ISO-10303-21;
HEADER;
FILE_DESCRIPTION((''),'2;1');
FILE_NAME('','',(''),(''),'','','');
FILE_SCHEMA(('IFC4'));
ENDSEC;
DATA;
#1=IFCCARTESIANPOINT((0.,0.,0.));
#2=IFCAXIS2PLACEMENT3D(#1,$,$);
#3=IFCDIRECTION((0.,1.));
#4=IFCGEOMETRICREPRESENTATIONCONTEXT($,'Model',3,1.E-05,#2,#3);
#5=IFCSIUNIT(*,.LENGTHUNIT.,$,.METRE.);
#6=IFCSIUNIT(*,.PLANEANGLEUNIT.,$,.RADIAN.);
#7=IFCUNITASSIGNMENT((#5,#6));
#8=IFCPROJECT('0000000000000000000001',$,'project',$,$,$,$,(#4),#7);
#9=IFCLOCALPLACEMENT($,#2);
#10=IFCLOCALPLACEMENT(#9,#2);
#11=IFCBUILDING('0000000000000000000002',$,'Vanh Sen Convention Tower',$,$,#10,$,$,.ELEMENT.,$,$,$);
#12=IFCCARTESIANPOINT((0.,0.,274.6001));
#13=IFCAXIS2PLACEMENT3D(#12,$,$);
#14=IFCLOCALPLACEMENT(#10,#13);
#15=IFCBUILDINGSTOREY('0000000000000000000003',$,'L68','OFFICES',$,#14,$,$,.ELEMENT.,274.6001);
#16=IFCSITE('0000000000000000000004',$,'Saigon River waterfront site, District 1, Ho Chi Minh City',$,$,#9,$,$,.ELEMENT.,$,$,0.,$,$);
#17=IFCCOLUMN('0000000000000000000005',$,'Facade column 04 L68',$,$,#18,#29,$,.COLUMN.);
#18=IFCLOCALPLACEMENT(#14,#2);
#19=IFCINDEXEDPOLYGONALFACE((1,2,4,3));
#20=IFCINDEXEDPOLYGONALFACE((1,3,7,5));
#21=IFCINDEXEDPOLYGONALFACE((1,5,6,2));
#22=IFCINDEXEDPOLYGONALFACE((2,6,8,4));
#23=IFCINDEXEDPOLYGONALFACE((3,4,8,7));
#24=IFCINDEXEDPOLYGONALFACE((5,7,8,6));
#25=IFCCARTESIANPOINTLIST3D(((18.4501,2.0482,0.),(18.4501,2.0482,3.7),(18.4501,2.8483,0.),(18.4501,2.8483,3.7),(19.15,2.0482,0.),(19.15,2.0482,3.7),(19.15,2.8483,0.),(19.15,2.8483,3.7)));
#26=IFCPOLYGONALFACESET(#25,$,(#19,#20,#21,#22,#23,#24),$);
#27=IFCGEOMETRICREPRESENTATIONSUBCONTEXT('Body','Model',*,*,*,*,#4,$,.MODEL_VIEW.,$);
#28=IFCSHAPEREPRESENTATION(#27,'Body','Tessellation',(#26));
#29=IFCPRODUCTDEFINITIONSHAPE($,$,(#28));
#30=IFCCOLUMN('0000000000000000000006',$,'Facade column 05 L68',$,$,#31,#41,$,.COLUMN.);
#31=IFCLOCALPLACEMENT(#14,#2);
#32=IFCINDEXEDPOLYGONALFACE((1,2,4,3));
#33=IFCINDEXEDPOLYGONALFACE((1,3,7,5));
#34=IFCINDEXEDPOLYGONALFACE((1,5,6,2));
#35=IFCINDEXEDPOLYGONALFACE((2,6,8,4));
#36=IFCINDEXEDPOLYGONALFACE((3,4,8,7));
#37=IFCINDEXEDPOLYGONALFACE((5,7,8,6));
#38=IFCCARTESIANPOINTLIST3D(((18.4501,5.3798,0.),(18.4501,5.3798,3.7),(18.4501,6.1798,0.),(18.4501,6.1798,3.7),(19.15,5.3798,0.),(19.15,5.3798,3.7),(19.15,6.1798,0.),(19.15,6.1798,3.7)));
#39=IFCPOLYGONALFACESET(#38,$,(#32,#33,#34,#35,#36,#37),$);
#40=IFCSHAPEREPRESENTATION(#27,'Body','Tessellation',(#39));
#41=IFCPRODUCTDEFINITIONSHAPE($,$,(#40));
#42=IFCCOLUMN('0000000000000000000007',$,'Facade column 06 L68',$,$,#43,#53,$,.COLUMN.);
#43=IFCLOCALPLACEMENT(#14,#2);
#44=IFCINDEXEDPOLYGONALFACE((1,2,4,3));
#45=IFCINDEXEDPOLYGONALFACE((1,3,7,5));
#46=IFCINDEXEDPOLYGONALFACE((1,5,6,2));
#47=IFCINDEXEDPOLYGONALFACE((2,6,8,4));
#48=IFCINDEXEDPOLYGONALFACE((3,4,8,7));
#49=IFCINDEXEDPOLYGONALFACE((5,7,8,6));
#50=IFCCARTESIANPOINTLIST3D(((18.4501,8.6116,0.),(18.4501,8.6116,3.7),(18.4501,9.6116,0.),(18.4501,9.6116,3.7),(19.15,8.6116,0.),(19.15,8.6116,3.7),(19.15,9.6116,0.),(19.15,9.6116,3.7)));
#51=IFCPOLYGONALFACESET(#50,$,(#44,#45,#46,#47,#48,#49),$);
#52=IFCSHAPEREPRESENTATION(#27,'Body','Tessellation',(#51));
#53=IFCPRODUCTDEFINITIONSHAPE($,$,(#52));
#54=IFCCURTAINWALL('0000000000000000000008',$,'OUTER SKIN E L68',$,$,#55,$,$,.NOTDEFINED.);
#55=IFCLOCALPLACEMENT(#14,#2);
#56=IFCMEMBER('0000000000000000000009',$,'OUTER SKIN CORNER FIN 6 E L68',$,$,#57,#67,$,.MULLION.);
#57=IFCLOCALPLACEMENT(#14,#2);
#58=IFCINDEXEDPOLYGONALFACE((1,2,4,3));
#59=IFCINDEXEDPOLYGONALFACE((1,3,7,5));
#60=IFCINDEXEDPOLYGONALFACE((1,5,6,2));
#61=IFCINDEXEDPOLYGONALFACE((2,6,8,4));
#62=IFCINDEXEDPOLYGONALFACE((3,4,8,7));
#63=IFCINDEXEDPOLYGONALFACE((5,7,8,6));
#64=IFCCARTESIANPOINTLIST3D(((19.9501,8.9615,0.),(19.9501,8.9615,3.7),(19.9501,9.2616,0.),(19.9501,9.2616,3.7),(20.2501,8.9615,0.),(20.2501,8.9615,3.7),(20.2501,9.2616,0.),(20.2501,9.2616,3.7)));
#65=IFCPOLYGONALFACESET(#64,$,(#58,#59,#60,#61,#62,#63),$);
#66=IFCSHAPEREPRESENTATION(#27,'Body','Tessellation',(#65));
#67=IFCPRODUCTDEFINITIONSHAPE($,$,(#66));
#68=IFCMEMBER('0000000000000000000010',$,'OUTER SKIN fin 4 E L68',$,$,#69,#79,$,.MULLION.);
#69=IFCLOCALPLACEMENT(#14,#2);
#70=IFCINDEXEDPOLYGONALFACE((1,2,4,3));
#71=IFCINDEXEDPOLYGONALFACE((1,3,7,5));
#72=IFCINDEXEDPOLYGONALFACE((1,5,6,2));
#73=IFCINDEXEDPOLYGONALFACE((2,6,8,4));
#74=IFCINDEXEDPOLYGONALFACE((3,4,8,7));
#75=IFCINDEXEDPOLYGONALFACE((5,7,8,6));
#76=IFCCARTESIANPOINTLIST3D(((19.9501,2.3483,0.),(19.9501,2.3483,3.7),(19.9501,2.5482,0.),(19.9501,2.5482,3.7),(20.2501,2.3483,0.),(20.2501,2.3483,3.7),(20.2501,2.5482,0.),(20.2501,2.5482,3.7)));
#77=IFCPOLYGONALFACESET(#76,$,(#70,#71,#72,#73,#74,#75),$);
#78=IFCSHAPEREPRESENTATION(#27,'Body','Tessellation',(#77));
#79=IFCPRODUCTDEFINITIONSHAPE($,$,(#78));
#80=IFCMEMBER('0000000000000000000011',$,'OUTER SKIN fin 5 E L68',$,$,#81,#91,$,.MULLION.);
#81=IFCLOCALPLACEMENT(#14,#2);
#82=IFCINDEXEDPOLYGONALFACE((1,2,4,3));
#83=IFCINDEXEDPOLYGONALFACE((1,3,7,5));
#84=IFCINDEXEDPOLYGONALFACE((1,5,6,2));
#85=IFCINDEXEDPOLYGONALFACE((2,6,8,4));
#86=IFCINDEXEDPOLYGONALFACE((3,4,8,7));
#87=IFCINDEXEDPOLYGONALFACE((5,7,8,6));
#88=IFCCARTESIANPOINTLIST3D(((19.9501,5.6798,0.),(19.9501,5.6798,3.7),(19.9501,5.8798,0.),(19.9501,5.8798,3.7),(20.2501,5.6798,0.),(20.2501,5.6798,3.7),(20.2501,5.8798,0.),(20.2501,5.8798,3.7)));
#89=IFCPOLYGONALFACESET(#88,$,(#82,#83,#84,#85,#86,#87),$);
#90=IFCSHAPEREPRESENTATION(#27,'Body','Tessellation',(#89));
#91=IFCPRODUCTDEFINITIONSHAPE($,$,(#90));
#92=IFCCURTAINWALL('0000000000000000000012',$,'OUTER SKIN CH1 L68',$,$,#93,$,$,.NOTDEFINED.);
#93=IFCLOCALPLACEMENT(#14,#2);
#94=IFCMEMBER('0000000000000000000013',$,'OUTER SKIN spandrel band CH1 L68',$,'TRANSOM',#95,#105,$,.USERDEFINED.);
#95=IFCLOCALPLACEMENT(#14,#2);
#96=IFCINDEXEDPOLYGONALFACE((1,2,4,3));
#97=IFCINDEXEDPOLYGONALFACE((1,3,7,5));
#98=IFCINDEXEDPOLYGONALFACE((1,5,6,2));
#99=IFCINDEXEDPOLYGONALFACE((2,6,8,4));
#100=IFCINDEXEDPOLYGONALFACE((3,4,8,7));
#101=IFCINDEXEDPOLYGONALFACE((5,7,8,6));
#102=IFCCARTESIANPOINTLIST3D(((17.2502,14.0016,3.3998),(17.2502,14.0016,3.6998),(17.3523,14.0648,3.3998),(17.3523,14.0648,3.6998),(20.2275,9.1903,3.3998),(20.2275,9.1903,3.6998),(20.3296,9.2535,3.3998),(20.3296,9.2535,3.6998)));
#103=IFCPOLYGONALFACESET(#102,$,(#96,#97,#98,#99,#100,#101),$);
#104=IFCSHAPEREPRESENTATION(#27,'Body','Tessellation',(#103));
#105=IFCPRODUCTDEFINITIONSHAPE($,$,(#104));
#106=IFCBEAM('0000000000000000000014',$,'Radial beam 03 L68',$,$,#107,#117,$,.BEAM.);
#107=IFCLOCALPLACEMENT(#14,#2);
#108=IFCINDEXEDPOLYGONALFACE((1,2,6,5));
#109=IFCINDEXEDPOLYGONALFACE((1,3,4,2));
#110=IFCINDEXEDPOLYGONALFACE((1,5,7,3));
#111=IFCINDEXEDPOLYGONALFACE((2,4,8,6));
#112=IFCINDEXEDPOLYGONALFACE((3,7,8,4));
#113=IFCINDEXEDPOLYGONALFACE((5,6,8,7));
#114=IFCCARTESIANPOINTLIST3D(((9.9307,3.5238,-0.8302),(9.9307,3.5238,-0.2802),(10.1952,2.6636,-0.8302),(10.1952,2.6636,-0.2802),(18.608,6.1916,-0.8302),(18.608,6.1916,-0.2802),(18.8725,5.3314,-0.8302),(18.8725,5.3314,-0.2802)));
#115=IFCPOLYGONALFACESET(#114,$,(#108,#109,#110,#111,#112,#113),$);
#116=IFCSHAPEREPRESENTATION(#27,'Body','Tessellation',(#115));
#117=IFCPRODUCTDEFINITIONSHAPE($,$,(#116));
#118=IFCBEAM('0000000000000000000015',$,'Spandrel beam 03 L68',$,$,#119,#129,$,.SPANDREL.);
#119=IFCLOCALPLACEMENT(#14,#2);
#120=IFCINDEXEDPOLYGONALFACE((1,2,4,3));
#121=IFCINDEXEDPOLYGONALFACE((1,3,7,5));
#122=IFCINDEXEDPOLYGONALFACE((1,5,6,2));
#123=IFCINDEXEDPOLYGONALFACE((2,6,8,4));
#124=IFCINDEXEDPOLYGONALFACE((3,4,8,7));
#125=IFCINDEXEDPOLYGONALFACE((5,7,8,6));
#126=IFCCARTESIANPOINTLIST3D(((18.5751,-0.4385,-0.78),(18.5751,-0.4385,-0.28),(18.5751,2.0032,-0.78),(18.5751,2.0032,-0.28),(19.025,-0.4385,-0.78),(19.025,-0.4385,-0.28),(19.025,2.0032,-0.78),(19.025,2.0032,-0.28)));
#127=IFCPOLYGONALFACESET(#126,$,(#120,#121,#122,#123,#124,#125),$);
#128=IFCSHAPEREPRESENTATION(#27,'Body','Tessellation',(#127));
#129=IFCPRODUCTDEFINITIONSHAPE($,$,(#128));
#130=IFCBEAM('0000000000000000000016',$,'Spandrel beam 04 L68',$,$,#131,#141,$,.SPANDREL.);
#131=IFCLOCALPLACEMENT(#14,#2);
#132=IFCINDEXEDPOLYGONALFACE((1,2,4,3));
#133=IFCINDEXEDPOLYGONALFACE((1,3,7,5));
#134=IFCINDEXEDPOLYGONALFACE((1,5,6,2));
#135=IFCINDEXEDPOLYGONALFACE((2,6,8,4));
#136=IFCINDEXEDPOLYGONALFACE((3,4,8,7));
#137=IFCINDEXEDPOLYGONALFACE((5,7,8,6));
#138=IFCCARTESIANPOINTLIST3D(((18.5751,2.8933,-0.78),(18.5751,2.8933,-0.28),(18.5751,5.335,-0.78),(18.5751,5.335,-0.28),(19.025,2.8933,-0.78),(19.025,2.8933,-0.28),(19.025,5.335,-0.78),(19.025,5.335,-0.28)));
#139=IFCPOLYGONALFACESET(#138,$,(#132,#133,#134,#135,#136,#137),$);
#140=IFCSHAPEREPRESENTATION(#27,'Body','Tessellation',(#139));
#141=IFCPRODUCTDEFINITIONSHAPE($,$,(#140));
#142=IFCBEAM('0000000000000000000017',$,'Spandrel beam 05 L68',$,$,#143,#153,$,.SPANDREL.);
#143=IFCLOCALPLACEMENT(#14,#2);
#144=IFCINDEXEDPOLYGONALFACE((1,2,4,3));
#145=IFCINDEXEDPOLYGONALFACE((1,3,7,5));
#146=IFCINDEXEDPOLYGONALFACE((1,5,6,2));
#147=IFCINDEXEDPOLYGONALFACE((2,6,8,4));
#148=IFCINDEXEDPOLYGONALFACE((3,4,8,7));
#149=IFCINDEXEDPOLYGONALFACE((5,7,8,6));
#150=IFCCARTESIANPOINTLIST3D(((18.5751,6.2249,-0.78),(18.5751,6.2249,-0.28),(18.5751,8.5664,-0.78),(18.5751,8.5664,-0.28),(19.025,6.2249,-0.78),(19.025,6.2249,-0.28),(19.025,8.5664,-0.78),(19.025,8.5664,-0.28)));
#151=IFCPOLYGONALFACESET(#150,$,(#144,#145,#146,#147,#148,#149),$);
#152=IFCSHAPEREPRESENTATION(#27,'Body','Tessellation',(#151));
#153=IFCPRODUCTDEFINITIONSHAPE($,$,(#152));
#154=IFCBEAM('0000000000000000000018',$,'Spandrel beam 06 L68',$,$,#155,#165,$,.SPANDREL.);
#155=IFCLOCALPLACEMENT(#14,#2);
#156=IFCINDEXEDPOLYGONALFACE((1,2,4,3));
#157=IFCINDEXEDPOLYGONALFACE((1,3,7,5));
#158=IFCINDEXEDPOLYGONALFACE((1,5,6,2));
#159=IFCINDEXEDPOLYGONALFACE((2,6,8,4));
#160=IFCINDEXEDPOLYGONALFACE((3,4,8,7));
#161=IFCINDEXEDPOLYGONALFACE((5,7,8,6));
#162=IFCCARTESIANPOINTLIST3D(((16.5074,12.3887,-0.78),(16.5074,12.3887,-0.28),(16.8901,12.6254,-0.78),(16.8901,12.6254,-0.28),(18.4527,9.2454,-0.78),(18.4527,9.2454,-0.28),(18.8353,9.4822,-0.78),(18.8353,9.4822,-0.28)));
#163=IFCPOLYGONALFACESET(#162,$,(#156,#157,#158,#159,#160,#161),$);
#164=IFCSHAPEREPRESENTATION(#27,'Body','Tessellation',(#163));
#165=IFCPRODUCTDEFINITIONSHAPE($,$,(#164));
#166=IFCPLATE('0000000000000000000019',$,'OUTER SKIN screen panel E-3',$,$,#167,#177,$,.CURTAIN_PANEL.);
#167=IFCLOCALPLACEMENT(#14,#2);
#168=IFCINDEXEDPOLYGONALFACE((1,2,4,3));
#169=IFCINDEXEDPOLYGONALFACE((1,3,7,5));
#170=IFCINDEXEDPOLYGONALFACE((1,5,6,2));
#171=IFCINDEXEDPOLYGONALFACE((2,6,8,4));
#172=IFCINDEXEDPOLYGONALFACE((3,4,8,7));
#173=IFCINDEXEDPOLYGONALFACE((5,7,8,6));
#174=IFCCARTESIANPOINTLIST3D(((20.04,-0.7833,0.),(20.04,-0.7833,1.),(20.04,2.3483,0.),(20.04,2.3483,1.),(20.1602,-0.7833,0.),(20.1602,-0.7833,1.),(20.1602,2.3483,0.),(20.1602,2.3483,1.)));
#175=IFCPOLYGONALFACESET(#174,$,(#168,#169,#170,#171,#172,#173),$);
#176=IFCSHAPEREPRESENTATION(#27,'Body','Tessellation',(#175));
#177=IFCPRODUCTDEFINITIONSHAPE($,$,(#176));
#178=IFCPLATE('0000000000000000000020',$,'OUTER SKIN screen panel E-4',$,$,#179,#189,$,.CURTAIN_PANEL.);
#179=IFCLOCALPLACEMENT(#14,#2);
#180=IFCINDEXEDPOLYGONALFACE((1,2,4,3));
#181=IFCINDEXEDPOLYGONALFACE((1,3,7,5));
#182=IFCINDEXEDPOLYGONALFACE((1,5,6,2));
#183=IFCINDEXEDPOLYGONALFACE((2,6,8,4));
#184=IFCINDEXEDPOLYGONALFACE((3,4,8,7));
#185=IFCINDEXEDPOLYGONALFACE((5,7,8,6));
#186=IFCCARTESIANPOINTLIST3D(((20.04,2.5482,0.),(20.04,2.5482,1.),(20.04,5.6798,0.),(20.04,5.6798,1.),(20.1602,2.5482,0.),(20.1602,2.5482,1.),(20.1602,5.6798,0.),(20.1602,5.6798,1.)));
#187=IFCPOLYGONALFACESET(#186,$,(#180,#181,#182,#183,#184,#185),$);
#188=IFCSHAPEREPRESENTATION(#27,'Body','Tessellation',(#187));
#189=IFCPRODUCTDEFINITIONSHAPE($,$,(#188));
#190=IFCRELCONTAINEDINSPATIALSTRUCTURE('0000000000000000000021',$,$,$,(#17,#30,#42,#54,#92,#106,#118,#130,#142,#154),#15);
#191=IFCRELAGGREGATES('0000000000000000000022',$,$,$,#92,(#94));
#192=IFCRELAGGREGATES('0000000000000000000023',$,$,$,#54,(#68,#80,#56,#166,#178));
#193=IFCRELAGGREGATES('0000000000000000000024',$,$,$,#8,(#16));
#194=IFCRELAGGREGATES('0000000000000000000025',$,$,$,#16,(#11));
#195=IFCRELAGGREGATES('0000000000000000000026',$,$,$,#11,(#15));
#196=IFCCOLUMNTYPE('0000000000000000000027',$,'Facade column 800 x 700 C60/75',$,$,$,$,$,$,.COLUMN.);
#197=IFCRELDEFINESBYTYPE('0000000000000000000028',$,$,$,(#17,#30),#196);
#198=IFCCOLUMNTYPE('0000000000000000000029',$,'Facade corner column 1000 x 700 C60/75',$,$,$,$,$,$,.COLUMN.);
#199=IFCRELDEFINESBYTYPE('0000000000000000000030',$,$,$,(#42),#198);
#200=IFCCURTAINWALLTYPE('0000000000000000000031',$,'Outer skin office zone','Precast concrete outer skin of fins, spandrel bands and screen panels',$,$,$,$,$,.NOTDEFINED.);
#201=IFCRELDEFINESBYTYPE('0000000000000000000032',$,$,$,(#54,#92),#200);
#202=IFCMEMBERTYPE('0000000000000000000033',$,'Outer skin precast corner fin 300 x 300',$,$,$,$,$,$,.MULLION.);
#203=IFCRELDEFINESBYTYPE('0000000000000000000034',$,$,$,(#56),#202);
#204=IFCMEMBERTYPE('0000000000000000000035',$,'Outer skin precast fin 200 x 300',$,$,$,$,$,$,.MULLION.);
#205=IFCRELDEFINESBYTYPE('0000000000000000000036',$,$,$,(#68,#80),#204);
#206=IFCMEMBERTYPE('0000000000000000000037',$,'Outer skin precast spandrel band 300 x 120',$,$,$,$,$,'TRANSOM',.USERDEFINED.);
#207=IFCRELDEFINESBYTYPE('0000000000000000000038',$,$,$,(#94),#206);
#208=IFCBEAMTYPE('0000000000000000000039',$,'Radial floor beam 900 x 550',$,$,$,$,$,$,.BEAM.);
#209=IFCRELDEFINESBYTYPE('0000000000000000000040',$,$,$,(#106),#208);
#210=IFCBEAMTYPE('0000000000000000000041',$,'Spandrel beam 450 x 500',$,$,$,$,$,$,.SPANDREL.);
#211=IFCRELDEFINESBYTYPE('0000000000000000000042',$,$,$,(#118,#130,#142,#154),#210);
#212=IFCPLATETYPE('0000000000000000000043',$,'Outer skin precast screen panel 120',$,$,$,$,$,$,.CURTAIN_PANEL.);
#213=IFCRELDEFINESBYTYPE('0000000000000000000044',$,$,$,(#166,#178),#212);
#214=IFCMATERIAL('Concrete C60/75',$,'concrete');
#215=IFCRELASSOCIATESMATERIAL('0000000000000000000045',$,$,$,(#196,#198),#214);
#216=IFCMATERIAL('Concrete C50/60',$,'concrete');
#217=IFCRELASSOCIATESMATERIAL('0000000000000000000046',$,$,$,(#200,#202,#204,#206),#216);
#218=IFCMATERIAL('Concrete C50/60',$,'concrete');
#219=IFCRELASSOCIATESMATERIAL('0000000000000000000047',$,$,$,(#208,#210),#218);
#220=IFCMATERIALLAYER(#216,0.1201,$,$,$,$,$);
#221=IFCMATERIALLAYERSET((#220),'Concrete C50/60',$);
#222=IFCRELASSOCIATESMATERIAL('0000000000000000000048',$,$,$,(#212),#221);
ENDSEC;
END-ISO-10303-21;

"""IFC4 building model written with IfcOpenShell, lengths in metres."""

from ifc_helpers import new_model, si_unit, direction, frame, origin, origin_2d, place, context, subcontext, project, spatial, rectangle, extrude, material, layer, layer_set, material_profile, profile_set, type_object, element, aggregate, save


model = new_model("IFC4")

# Units and contexts
model_context = context("Model", 3, precision=1e-05, world=origin(), true_north=direction((0.0, 1.0)))
body_context = subcontext(model_context, "Body", "Model", "MODEL_VIEW")
ifc_project = project(units=[si_unit("LENGTHUNIT", "METRE"), si_unit("PLANEANGLEUNIT", "RADIAN")], contexts=[model_context])

# Site, building, storey
site_placement = place(None, origin())
site = spatial("IfcSite", under=ifc_project, at=site_placement, Name="Saigon River waterfront site, District 1, Ho Chi Minh City", CompositionType="ELEMENT", RefElevation=0.0)
building_placement = place(site_placement, origin())
building = spatial("IfcBuilding", under=site, at=building_placement, Name="Vanh Sen Convention Tower", CompositionType="ELEMENT")
storey_placement = place(building_placement, frame((0.0, 0.0, 274.6001)))
storey = spatial("IfcBuildingStorey", under=building, at=storey_placement, Name="L68", Description="OFFICES", CompositionType="ELEMENT", Elevation=274.6001)

# Columns
ifc_material_1 = material(Name="Concrete C60/75", Category="concrete")
ifc_material_profile_1 = material_profile(ifc_material_1, rectangle(XDim=0.8, YDim=0.7, at=origin_2d()), Name="RC 800X700")
ifc_profile_set_1 = profile_set([ifc_material_profile_1], Name="Concrete C60/75")
column_type_1 = type_object("IfcColumnType", Name="Facade column 800 x 700 C60/75", PredefinedType="COLUMN", material=ifc_profile_set_1)
for number, where, z_axis, x_axis, name in (
    (1, (18.8, 2.4482, 0.0), (0.0, 0.0, 1.0), (0.0, 1.0, 0.0), "Facade column 04 L68"),
    (2, (18.8, 5.7798, 0.0), (0.0, 0.0, 1.0), (0.0, 1.0, 0.0), "Facade column 05 L68"),
):
    element("IfcColumn", number, at=place(storey_placement, frame(where, z_axis=z_axis, x_axis=x_axis)), inside=storey, type_object=column_type_1, Name=name, PredefinedType="COLUMN", context=body_context, shape_type="SweptSolid", body=[
        extrude(rectangle(XDim=0.8, YDim=0.7, at=origin_2d()), origin(), (0.0, 0.0, 1.0), 3.7),
    ])
ifc_material_profile_2 = material_profile(ifc_material_1, rectangle(XDim=1.0, YDim=0.7, at=origin_2d()), Name="RC 1000X700")
ifc_profile_set_2 = profile_set([ifc_material_profile_2], Name="Concrete C60/75")
column_type_2 = type_object("IfcColumnType", Name="Facade corner column 1000 x 700 C60/75", PredefinedType="COLUMN", material=ifc_profile_set_2)
column_placement = place(storey_placement, frame((18.8, 9.1116, 0.0), z_axis=(0.0, 0.0, 1.0), x_axis=(0.0, 1.0, 0.0)))
element("IfcColumn", 3, at=column_placement, inside=storey, type_object=column_type_2, Name="Facade column 06 L68", PredefinedType="COLUMN", context=body_context, shape_type="SweptSolid", body=[
    extrude(rectangle(XDim=1.0, YDim=0.7, at=origin_2d()), origin(), (0.0, 0.0, 1.0), 3.7),
])

# Curtain wall, members
ifc_material_2 = material(Name="Concrete C50/60", Category="concrete")
curtain_wall_type = type_object("IfcCurtainWallType", Name="Outer skin office zone", Description="Precast concrete outer skin of fins, spandrel bands and screen panels", PredefinedType="NOTDEFINED", material=ifc_material_2)
curtain_wall_1_placement = place(storey_placement, origin())
curtain_wall_1 = element("IfcCurtainWall", 4, at=curtain_wall_1_placement, inside=storey, type_object=curtain_wall_type, Name="OUTER SKIN E L68", PredefinedType="NOTDEFINED")
ifc_material_profile_3 = material_profile(ifc_material_2, rectangle(XDim=0.3, YDim=0.3, at=origin_2d()), Name="Outer skin precast corner fin 300 x 300")
ifc_profile_set_3 = profile_set([ifc_material_profile_3], Name="Concrete C50/60")
member_type_1 = type_object("IfcMemberType", Name="Outer skin precast corner fin 300 x 300", PredefinedType="MULLION", material=ifc_profile_set_3)
member_1_placement = place(storey_placement, frame((20.1001, 9.1116, 0.0), z_axis=(0.0, 0.0, 1.0), x_axis=(0.0, 1.0, 0.0)))
member_1 = element("IfcMember", 5, at=member_1_placement, type_object=member_type_1, Name="OUTER SKIN CORNER FIN 6 E L68", PredefinedType="MULLION", context=body_context, shape_type="SweptSolid", body=[
    extrude(rectangle(XDim=0.3, YDim=0.3, at=origin_2d()), origin(), (0.0, 0.0, 1.0), 3.7),
])
ifc_material_profile_4 = material_profile(ifc_material_2, rectangle(XDim=0.2, YDim=0.3, at=origin_2d()), Name="Outer skin precast fin 200 x 300")
ifc_profile_set_4 = profile_set([ifc_material_profile_4], Name="Concrete C50/60")
member_type_2 = type_object("IfcMemberType", Name="Outer skin precast fin 200 x 300", PredefinedType="MULLION", material=ifc_profile_set_4)
member_2_placement = place(storey_placement, frame((20.1001, 2.4482, 0.0), z_axis=(0.0, 0.0, 1.0), x_axis=(0.0, 1.0, 0.0)))
member_2 = element("IfcMember", 6, at=member_2_placement, type_object=member_type_2, Name="OUTER SKIN fin 4 E L68", PredefinedType="MULLION", context=body_context, shape_type="SweptSolid", body=[
    extrude(rectangle(XDim=0.2, YDim=0.3, at=origin_2d()), origin(), (0.0, 0.0, 1.0), 3.7),
])
member_3_placement = place(storey_placement, frame((20.1001, 5.7798, 0.0), z_axis=(0.0, 0.0, 1.0), x_axis=(0.0, 1.0, 0.0)))
member_3 = element("IfcMember", 7, at=member_3_placement, type_object=member_type_2, Name="OUTER SKIN fin 5 E L68", PredefinedType="MULLION", context=body_context, shape_type="SweptSolid", body=[
    extrude(rectangle(XDim=0.2, YDim=0.3, at=origin_2d()), origin(), (0.0, 0.0, 1.0), 3.7),
])

# Curtain wall, member
curtain_wall_2_placement = place(storey_placement, origin())
curtain_wall_2 = element("IfcCurtainWall", 8, at=curtain_wall_2_placement, inside=storey, type_object=curtain_wall_type, Name="OUTER SKIN CH1 L68", PredefinedType="NOTDEFINED")
ifc_material_profile_5 = material_profile(ifc_material_2, rectangle(XDim=0.1201, YDim=0.3, at=origin_2d()), Name="Outer skin precast spandrel band 300 x 120")
ifc_profile_set_5 = profile_set([ifc_material_profile_5], Name="Concrete C50/60")
member_type_3 = type_object("IfcMemberType", Name="Outer skin precast spandrel band 300 x 120", ElementType="TRANSOM", PredefinedType="USERDEFINED", material=ifc_profile_set_5)
member_4_placement = place(storey_placement, frame((20.2786, 9.2219, 3.5498), z_axis=(-0.526212, 0.850353, 0.0), x_axis=(-0.850353, -0.526212, 0.0)))
member_4 = element("IfcMember", 9, at=member_4_placement, type_object=member_type_3, Name="OUTER SKIN spandrel band CH1 L68", ObjectType="TRANSOM", PredefinedType="USERDEFINED", context=body_context, shape_type="SweptSolid", body=[
    extrude(rectangle(XDim=0.1201, YDim=0.3, at=origin_2d()), origin(), (0.0, 0.0, 1.0), 5.658),
])
aggregate(curtain_wall_2, [member_4])

# Beams
ifc_material_3 = material(Name="Concrete C50/60", Category="concrete")
ifc_material_profile_6 = material_profile(ifc_material_3, rectangle(XDim=0.8999, YDim=0.55, at=origin_2d()), Name="RC 900X550")
ifc_profile_set_6 = profile_set([ifc_material_profile_6], Name="Concrete C50/60")
beam_type_1 = type_object("IfcBeamType", Name="Radial floor beam 900 x 550", PredefinedType="BEAM", material=ifc_profile_set_6)
beam_1_placement = place(storey_placement, frame((18.7402, 5.7615, -0.5552), z_axis=(-0.955847, -0.293865, 0.0), x_axis=(0.293865, -0.955847, 0.0)))
element("IfcBeam", 10, at=beam_1_placement, inside=storey, type_object=beam_type_1, Name="Radial beam 03 L68", PredefinedType="BEAM", context=body_context, shape_type="SweptSolid", body=[
    extrude(rectangle(XDim=0.8999, YDim=0.55, at=origin_2d()), origin(), (0.0, 0.0, 1.0), 9.0781),
])
ifc_material_profile_7 = material_profile(ifc_material_3, rectangle(XDim=0.45, YDim=0.5, at=origin_2d()), Name="RC 450X500")
ifc_profile_set_7 = profile_set([ifc_material_profile_7], Name="Concrete C50/60")
beam_type_2 = type_object("IfcBeamType", Name="Spandrel beam 450 x 500", PredefinedType="SPANDREL", material=ifc_profile_set_7)
for number, where, z_axis, x_axis, name in (
    (11, (18.8, -0.4385, -0.53), (0.0, 1.0, 0.0), (-1.0, 0.0, 0.0), "Spandrel beam 03 L68"),
    (12, (18.8, 2.8933, -0.53), (0.0, 1.0, 0.0), (-1.0, 0.0, 0.0), "Spandrel beam 04 L68"),
):
    element("IfcBeam", number, at=place(storey_placement, frame(where, z_axis=z_axis, x_axis=x_axis)), inside=storey, type_object=beam_type_2, Name=name, PredefinedType="SPANDREL", context=body_context, shape_type="SweptSolid", body=[
        extrude(rectangle(XDim=0.45, YDim=0.5, at=origin_2d()), origin(), (0.0, 0.0, 1.0), 2.4417),
    ])
beam_2_placement = place(storey_placement, frame((18.8, 6.2249, -0.53), z_axis=(0.0, 1.0, 0.0), x_axis=(-1.0, 0.0, 0.0)))
element("IfcBeam", 13, at=beam_2_placement, inside=storey, type_object=beam_type_2, Name="Spandrel beam 05 L68", PredefinedType="SPANDREL", context=body_context, shape_type="SweptSolid", body=[
    extrude(rectangle(XDim=0.45, YDim=0.5, at=origin_2d()), origin(), (0.0, 0.0, 1.0), 2.3416),
])
beam_3_placement = place(storey_placement, frame((18.644, 9.3638, -0.53), z_axis=(-0.526248, 0.850331, 0.0), x_axis=(-0.850331, -0.526248, 0.0)))
element("IfcBeam", 14, at=beam_3_placement, inside=storey, type_object=beam_type_2, Name="Spandrel beam 06 L68", PredefinedType="SPANDREL", context=body_context, shape_type="SweptSolid", body=[
    extrude(rectangle(XDim=0.45, YDim=0.5, at=origin_2d()), origin(), (0.0, 0.0, 1.0), 3.6965),
])

# Plates
ifc_layer_1 = layer(ifc_material_2, 0.1201)
ifc_layer_set_1 = layer_set([ifc_layer_1], Name="Concrete C50/60")
plate_type = type_object("IfcPlateType", Name="Outer skin precast screen panel 120", PredefinedType="CURTAIN_PANEL", material=ifc_layer_set_1)
plate_1_placement = place(storey_placement, frame((20.1001, 0.7825, 0.0), z_axis=(0.0, 0.0, 1.0), x_axis=(0.0, 1.0, 0.0)))
plate_1 = element("IfcPlate", 15, at=plate_1_placement, type_object=plate_type, Name="OUTER SKIN screen panel E-3", PredefinedType="CURTAIN_PANEL", context=body_context, shape_type="SweptSolid", body=[
    extrude(rectangle(XDim=3.1316, YDim=0.1201, at=origin_2d()), origin(), (0.0, 0.0, 1.0), 1.0),
])
plate_2_placement = place(storey_placement, frame((20.1001, 4.114, 0.0), z_axis=(0.0, 0.0, 1.0), x_axis=(0.0, 1.0, 0.0)))
plate_2 = element("IfcPlate", 16, at=plate_2_placement, type_object=plate_type, Name="OUTER SKIN screen panel E-4", PredefinedType="CURTAIN_PANEL", context=body_context, shape_type="SweptSolid", body=[
    extrude(rectangle(XDim=3.1316, YDim=0.1201, at=origin_2d()), origin(), (0.0, 0.0, 1.0), 1.0),
])
aggregate(curtain_wall_1, [member_2, member_3, member_1, plate_1, plate_2])

save(model, "model.ifc")
